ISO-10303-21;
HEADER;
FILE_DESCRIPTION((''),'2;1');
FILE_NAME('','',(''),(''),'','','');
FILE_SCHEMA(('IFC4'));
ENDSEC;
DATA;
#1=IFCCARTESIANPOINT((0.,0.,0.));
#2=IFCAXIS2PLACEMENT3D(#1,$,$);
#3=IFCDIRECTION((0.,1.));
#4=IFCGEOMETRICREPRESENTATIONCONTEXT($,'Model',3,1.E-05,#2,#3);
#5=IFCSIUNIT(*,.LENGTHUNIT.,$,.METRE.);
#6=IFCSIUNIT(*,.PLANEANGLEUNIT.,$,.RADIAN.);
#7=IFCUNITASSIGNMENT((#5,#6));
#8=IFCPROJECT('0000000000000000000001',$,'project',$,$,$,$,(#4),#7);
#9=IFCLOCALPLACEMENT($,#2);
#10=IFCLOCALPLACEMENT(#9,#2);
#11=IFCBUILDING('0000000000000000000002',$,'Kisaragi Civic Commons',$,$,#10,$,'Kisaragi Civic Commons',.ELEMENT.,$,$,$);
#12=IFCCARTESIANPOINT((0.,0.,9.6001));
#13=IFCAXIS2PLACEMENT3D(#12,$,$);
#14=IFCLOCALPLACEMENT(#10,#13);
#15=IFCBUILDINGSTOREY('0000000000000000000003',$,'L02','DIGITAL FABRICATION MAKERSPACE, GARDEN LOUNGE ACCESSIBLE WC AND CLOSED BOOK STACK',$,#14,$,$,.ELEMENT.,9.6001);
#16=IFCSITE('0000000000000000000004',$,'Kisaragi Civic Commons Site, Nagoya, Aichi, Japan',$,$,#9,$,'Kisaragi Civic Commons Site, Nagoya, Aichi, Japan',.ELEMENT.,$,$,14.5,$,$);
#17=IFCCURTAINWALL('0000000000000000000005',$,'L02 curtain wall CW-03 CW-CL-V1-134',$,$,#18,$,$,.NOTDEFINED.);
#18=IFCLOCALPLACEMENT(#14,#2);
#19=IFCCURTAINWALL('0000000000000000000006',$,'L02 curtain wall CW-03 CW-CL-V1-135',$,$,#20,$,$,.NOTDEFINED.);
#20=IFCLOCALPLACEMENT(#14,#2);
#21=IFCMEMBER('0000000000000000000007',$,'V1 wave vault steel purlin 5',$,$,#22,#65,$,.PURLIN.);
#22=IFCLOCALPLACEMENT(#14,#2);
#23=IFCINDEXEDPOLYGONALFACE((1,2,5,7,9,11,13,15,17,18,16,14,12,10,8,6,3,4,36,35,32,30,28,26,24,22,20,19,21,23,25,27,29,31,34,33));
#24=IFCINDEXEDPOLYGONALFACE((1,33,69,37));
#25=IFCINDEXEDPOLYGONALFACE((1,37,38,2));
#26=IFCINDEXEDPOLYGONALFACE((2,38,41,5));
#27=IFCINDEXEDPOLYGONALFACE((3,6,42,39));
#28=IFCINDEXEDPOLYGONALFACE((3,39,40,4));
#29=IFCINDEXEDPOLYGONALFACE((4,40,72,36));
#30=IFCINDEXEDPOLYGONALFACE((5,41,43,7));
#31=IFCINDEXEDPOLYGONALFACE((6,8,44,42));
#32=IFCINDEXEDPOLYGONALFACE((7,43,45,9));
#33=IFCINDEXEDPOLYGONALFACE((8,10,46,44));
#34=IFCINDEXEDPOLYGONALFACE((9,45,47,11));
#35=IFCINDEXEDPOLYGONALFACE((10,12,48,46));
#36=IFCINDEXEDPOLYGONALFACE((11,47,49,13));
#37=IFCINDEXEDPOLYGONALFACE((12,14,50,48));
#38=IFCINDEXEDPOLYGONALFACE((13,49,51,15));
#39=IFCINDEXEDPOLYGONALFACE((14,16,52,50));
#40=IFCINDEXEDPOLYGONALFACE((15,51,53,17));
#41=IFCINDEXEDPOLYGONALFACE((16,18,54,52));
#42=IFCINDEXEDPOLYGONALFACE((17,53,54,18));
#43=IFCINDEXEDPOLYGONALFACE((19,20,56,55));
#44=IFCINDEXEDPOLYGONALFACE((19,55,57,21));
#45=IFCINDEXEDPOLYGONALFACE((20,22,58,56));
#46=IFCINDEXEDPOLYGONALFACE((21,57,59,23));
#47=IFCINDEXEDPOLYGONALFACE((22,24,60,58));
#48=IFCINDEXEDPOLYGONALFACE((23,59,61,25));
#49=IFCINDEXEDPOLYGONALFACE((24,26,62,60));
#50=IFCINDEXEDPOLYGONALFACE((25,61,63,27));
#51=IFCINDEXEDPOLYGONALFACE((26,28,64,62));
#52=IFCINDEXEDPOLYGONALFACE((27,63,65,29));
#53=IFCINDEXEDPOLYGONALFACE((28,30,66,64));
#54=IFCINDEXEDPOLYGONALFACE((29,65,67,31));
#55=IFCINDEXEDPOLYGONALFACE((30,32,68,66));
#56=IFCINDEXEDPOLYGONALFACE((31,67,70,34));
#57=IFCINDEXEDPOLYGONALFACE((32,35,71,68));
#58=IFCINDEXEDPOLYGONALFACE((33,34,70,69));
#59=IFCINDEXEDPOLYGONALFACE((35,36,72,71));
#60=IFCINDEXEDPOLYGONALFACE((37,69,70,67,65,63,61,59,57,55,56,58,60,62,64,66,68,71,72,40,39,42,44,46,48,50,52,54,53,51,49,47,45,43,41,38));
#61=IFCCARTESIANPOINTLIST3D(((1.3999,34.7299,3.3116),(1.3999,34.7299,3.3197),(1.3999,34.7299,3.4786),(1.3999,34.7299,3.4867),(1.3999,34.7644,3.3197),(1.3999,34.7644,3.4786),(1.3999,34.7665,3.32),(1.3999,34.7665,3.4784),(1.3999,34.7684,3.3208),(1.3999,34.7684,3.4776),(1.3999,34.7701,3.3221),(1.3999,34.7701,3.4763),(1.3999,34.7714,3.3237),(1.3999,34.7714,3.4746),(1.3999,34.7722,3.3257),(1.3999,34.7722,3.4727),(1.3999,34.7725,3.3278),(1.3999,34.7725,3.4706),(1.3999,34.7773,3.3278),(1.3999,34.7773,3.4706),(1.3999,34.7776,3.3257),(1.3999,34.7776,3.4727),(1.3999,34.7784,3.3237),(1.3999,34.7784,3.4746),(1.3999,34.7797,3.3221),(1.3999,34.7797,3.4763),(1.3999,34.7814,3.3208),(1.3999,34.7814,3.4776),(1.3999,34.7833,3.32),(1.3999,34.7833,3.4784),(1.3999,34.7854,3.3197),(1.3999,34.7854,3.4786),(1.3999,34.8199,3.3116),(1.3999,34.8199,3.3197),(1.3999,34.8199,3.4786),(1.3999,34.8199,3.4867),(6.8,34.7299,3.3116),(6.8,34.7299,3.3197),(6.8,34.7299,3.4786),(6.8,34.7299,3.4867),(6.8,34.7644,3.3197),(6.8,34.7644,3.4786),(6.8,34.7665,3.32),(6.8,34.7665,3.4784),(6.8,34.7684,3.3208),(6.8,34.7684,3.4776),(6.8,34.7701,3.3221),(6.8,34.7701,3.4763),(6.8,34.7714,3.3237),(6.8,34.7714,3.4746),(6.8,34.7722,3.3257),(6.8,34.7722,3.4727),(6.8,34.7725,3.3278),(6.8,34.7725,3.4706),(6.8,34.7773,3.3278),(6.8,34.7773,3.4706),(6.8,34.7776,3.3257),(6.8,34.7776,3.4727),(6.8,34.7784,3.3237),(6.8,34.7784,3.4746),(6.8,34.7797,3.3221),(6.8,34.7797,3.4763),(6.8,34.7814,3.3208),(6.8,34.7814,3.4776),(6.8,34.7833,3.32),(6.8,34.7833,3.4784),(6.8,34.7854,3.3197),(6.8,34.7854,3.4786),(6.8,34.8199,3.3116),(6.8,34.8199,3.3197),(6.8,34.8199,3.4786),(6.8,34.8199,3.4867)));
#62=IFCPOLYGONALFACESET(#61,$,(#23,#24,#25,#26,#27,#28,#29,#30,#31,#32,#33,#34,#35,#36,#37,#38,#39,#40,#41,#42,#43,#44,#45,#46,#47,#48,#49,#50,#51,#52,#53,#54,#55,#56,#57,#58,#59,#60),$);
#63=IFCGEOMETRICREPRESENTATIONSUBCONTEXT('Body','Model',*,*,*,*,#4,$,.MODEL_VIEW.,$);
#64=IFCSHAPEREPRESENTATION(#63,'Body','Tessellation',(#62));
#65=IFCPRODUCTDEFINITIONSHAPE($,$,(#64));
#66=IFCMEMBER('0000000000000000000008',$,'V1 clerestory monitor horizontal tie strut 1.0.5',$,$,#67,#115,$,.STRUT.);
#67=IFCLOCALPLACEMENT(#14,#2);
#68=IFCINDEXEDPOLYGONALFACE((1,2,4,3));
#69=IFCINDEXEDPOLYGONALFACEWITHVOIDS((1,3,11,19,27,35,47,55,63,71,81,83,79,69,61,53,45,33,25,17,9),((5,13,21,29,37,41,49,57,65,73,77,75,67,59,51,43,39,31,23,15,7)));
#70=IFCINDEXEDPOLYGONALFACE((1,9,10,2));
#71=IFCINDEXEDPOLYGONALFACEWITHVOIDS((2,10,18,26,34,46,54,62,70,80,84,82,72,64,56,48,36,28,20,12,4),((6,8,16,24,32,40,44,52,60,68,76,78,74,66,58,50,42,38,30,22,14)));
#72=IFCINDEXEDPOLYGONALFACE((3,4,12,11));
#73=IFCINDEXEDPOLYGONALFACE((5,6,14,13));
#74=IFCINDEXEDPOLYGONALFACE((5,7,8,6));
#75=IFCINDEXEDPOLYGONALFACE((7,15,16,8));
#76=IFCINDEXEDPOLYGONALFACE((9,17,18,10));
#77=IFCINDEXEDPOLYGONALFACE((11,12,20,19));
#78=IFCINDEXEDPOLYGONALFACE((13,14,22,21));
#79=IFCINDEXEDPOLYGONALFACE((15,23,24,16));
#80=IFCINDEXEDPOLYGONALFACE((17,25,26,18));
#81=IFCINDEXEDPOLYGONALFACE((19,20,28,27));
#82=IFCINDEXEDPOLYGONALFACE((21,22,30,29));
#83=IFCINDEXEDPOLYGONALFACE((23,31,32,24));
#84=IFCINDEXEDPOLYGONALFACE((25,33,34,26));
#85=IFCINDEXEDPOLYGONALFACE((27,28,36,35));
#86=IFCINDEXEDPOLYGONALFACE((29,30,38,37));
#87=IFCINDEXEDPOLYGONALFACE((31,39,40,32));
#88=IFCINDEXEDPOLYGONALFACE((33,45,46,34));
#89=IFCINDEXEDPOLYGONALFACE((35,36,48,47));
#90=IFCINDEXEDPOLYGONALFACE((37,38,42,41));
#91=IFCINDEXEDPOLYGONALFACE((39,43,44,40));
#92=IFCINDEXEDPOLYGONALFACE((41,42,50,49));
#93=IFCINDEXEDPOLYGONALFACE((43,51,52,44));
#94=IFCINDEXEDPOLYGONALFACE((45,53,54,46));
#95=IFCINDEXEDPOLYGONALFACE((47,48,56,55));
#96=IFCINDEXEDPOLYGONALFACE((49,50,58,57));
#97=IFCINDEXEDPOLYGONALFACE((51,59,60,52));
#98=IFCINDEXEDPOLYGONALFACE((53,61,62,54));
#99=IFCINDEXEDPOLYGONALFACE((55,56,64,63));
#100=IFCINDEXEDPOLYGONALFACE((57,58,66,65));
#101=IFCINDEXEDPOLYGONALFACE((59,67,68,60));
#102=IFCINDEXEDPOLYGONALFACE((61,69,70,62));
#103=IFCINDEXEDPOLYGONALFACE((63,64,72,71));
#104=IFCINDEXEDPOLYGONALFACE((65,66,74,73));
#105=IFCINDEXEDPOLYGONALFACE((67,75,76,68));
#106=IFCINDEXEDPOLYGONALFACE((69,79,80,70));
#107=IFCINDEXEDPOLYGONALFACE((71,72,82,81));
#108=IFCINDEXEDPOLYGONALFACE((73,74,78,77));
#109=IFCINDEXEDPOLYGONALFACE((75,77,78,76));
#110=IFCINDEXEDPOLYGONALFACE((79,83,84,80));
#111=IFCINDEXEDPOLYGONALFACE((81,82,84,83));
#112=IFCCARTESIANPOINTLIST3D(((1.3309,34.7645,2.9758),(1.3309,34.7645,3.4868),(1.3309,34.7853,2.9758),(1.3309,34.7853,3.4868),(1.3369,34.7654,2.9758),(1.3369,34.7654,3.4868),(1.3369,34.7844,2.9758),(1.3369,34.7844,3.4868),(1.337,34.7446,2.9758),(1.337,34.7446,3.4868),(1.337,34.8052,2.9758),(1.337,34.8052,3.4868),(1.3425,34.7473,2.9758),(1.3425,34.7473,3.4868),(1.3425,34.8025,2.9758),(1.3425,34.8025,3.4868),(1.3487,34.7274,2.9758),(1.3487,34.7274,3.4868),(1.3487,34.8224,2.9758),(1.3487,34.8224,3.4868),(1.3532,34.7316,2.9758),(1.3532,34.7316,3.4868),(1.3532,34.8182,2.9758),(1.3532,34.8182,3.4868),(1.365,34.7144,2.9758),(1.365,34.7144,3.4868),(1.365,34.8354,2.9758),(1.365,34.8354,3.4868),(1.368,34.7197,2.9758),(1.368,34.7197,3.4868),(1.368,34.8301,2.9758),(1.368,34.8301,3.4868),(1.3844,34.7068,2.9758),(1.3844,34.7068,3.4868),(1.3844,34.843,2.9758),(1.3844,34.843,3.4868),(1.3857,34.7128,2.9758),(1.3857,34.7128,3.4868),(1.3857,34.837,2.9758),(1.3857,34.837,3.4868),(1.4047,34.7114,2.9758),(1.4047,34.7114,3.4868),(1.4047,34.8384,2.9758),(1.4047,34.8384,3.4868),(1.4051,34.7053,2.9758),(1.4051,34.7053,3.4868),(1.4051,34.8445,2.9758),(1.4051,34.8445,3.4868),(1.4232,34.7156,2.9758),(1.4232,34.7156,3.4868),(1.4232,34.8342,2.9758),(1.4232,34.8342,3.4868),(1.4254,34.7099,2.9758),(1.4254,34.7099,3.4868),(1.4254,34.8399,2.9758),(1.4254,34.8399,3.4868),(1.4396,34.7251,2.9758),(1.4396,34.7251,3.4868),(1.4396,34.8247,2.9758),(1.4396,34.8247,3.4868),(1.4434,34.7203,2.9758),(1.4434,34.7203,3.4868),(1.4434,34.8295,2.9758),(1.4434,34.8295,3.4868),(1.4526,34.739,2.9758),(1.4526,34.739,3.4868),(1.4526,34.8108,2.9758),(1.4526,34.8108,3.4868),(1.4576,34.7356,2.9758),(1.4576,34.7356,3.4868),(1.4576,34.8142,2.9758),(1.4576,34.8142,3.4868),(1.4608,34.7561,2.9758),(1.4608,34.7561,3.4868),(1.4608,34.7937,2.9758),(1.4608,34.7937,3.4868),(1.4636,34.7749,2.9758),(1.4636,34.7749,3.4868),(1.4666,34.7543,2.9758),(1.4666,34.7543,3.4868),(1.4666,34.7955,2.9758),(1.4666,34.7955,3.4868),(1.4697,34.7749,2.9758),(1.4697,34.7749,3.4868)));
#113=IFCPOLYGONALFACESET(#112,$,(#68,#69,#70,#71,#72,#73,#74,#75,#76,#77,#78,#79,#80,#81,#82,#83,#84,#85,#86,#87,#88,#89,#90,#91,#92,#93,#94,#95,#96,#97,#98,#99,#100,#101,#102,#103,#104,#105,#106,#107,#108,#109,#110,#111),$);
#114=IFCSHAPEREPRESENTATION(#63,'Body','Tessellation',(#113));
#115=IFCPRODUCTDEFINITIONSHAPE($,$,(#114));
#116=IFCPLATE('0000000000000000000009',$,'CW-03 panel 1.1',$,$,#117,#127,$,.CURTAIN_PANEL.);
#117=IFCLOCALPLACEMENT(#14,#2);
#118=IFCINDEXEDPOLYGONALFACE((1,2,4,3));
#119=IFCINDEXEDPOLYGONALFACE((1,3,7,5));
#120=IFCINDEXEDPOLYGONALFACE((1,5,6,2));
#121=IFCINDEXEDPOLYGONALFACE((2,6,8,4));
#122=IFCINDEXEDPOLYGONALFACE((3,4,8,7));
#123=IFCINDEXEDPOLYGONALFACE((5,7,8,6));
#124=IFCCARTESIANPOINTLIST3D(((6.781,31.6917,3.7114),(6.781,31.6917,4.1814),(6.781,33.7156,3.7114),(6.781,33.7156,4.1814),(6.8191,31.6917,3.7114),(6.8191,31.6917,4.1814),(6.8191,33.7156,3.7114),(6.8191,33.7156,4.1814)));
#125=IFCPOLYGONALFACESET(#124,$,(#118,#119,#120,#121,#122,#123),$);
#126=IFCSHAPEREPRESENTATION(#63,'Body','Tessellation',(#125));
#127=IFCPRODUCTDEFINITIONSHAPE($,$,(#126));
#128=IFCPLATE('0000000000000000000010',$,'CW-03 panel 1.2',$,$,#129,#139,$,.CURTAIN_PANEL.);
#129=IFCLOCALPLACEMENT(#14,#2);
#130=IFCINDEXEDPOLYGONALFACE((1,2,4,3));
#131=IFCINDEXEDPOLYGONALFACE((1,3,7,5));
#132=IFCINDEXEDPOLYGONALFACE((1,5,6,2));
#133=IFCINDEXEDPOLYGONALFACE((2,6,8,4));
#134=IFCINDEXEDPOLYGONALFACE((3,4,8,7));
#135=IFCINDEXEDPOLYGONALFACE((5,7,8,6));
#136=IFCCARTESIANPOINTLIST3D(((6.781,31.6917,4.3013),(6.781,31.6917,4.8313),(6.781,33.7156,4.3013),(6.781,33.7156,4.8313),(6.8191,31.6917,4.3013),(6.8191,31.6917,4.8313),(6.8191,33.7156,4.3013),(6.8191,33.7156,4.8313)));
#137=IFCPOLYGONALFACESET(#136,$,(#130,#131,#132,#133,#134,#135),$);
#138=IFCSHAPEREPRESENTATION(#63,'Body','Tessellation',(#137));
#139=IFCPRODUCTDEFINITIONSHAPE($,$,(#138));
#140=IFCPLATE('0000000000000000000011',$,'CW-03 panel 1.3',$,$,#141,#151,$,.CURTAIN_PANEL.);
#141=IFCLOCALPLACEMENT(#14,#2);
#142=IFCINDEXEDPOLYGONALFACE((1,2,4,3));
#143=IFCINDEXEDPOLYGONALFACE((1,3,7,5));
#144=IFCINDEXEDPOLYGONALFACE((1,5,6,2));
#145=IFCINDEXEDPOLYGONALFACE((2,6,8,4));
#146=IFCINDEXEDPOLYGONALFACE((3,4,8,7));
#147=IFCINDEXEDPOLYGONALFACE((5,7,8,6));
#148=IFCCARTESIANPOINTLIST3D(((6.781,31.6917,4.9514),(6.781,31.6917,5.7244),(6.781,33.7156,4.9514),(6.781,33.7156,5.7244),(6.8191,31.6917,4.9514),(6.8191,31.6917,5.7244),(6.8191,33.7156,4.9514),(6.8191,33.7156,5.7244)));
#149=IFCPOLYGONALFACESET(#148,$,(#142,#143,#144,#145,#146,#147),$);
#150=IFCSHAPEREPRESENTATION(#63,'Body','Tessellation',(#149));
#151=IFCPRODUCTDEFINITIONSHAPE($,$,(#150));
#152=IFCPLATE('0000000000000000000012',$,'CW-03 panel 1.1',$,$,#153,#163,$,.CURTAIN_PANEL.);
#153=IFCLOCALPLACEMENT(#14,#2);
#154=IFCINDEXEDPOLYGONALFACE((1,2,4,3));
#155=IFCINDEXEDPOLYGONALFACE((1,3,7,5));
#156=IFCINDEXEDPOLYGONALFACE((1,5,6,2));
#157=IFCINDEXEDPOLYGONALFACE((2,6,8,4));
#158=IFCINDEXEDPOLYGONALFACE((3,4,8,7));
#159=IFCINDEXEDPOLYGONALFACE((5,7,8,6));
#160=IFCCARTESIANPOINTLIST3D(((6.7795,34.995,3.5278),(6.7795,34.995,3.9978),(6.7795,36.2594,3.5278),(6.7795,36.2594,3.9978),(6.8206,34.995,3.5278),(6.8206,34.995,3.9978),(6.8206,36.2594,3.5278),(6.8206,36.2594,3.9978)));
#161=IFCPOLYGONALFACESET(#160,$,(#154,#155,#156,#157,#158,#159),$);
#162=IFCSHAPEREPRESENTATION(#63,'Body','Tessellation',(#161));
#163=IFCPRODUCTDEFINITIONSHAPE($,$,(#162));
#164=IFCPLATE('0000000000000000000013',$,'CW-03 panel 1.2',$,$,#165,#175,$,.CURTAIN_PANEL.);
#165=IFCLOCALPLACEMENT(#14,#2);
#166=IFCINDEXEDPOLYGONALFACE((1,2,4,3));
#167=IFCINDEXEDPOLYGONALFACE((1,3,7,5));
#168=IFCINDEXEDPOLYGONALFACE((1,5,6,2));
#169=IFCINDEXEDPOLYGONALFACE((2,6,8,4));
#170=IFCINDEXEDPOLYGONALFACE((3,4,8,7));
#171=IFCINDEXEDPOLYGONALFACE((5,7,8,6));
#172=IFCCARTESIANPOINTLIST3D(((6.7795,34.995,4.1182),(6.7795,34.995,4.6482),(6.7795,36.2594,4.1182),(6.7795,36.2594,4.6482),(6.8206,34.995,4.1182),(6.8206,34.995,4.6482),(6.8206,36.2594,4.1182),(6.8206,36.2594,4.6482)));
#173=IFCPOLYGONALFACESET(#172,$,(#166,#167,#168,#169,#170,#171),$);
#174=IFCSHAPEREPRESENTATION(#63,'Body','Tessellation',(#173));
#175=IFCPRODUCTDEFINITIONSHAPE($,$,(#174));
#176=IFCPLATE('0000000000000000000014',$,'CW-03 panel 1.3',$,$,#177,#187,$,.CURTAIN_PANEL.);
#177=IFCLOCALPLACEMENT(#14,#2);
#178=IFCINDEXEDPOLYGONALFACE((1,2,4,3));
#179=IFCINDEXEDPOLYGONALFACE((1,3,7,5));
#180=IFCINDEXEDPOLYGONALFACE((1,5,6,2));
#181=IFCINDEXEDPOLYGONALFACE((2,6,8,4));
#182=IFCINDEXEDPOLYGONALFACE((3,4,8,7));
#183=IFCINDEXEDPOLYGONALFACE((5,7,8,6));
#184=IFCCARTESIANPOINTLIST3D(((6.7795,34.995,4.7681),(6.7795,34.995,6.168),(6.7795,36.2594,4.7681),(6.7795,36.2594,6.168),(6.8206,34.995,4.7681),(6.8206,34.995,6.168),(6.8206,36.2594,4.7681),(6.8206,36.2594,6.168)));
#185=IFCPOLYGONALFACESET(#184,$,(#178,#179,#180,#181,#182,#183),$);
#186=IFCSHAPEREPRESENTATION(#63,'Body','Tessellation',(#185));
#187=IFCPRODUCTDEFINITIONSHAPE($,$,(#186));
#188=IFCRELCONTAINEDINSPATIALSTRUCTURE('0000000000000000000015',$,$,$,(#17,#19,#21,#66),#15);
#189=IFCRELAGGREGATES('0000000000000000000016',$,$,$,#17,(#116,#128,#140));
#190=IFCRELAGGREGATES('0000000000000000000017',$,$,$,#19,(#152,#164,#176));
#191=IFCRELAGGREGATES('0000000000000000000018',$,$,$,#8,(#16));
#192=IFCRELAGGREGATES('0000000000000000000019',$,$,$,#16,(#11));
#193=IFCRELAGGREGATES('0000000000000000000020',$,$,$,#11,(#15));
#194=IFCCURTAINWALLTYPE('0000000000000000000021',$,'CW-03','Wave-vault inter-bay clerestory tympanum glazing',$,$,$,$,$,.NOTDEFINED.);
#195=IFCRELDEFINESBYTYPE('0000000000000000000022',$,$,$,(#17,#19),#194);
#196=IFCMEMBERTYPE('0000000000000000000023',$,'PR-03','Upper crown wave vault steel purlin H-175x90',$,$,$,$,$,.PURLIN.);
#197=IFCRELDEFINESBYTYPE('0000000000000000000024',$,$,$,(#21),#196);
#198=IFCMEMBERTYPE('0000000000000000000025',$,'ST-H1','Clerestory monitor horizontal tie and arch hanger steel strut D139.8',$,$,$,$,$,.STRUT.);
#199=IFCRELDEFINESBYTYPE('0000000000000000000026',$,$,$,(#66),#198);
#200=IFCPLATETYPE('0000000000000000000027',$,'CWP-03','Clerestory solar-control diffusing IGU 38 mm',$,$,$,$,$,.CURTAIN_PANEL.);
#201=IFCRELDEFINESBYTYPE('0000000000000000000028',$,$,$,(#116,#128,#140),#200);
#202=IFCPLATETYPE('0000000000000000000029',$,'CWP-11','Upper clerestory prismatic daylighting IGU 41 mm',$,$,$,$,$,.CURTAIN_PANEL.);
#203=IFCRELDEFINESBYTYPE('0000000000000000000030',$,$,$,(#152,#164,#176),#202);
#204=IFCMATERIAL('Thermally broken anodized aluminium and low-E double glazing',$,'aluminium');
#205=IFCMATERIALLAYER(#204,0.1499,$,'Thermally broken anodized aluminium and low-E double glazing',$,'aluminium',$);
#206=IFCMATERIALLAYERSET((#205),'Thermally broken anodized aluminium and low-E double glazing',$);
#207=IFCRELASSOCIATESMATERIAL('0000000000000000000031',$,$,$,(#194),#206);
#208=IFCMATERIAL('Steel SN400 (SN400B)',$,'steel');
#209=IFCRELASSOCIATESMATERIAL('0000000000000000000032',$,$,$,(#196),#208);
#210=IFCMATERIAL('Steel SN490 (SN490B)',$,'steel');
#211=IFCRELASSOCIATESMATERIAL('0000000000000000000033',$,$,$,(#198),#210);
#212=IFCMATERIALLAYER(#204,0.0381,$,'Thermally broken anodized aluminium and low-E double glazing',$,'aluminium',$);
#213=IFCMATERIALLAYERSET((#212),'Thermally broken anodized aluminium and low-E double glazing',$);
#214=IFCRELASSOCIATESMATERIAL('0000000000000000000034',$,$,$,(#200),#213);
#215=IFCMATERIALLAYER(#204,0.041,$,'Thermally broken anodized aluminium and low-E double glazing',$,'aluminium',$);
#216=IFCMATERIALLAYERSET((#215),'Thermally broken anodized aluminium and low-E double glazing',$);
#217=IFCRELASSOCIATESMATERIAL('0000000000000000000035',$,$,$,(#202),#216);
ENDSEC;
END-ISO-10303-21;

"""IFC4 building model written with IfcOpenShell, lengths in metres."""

from ifc_helpers import new_model, si_unit, direction, frame, origin, origin_2d, place, context, subcontext, project, spatial, rectangle, hollow_circle, i_section, extrude, material, layer, layer_set, material_profile, profile_set, type_object, element, aggregate, save


model = new_model("IFC4")

# Units and contexts
model_context = context("Model", 3, precision=1e-05, world=origin(), true_north=direction((0.0, 1.0)))
body_context = subcontext(model_context, "Body", "Model", "MODEL_VIEW")
ifc_project = project(units=[si_unit("LENGTHUNIT", "METRE"), si_unit("PLANEANGLEUNIT", "RADIAN")], contexts=[model_context])

# Site, building, storey
site_placement = place(None, origin())
site = spatial("IfcSite", under=ifc_project, at=site_placement, Name="Kisaragi Civic Commons Site, Nagoya, Aichi, Japan", LongName="Kisaragi Civic Commons Site, Nagoya, Aichi, Japan", CompositionType="ELEMENT", RefElevation=14.5)
building_placement = place(site_placement, origin())
building = spatial("IfcBuilding", under=site, at=building_placement, Name="Kisaragi Civic Commons", LongName="Kisaragi Civic Commons", CompositionType="ELEMENT")
storey_placement = place(building_placement, frame((0.0, 0.0, 9.6001)))
storey = spatial("IfcBuildingStorey", under=building, at=storey_placement, Name="L02", Description="DIGITAL FABRICATION MAKERSPACE, GARDEN LOUNGE ACCESSIBLE WC AND CLOSED BOOK STACK", CompositionType="ELEMENT", Elevation=9.6001)

# Shared definitions
ifc_material_1 = material(Name="Steel SN400 (SN400B)", Category="steel")

# Curtain wall
ifc_material_2 = material(Name="Thermally broken anodized aluminium and low-E double glazing", Category="aluminium")
ifc_layer_1 = layer(ifc_material_2, 0.1499, Name="Thermally broken anodized aluminium and low-E double glazing", Category="aluminium")
ifc_layer_set_1 = layer_set([ifc_layer_1], Name="Thermally broken anodized aluminium and low-E double glazing")
curtain_wall_type = type_object("IfcCurtainWallType", Name="CW-03", Description="Wave-vault inter-bay clerestory tympanum glazing", PredefinedType="NOTDEFINED", material=ifc_layer_set_1)
curtain_wall_1_placement = place(storey_placement, origin())
curtain_wall_1 = element("IfcCurtainWall", 1, at=curtain_wall_1_placement, inside=storey, type_object=curtain_wall_type, Name="L02 curtain wall CW-03 CW-CL-V1-134", PredefinedType="NOTDEFINED")

# Curtain wall
curtain_wall_2_placement = place(storey_placement, origin())
curtain_wall_2 = element("IfcCurtainWall", 2, at=curtain_wall_2_placement, inside=storey, type_object=curtain_wall_type, Name="L02 curtain wall CW-03 CW-CL-V1-135", PredefinedType="NOTDEFINED")

# Members
ifc_material_3 = material(Name="Steel SN490 (SN490B)", Category="steel")
ifc_material_profile_1 = material_profile(ifc_material_1, i_section(OverallWidth=0.0901, OverallDepth=0.175, WebThickness=0.0049, FlangeThickness=0.0081, FilletRadius=0.0081, at=origin_2d()), Name="H-175x90x5x8", Category="steel")
ifc_profile_set_1 = profile_set([ifc_material_profile_1], Name="Steel SN400 (SN400B)")
member_type_1 = type_object("IfcMemberType", Name="PR-03", Description="Upper crown wave vault steel purlin H-175x90", PredefinedType="PURLIN", material=ifc_profile_set_1)
member_1_placement = place(storey_placement, frame((1.3999, 34.7749, 3.3992), z_axis=(1.0, 0.0, 0.0), x_axis=(0.0, 1.0, 0.0)))
element("IfcMember", 3, at=member_1_placement, inside=storey, type_object=member_type_1, Name="V1 wave vault steel purlin 5", PredefinedType="PURLIN", context=body_context, shape_type="SweptSolid", body=[
    extrude(i_section(OverallWidth=0.0901, OverallDepth=0.175, WebThickness=0.0049, FlangeThickness=0.0081, FilletRadius=0.0081, at=origin_2d()), origin(), (0.0, 0.0, 1.0), 5.4001),
])
ifc_material_profile_2 = material_profile(ifc_material_3, hollow_circle(Radius=0.0698, WallThickness=0.0061, at=origin_2d()), Name="CHS-139.8x6.0", Category="steel")
ifc_profile_set_2 = profile_set([ifc_material_profile_2], Name="Steel SN490 (SN490B)")
member_type_2 = type_object("IfcMemberType", Name="ST-H1", Description="Clerestory monitor horizontal tie and arch hanger steel strut D139.8", PredefinedType="STRUT", material=ifc_profile_set_2)
member_2_placement = place(storey_placement, frame((1.3999, 34.7749, 2.9758), z_axis=(0.0, 0.0, 1.0), x_axis=(1.0, 0.0, 0.0)))
element("IfcMember", 4, at=member_2_placement, inside=storey, type_object=member_type_2, Name="V1 clerestory monitor horizontal tie strut 1.0.5", PredefinedType="STRUT", context=body_context, shape_type="SweptSolid", body=[
    extrude(hollow_circle(Radius=0.0698, WallThickness=0.0061, at=origin_2d()), origin(), (0.0, 0.0, 1.0), 0.511),
])

# Plates
ifc_layer_2 = layer(ifc_material_2, 0.0381, Name="Thermally broken anodized aluminium and low-E double glazing", Category="aluminium")
ifc_layer_set_2 = layer_set([ifc_layer_2], Name="Thermally broken anodized aluminium and low-E double glazing")
plate_type_1 = type_object("IfcPlateType", Name="CWP-03", Description="Clerestory solar-control diffusing IGU 38 mm", PredefinedType="CURTAIN_PANEL", material=ifc_layer_set_2)
plate_1_placement = place(storey_placement, frame((6.8, 32.7036, 3.7114), z_axis=(0.0, 0.0, 1.0), x_axis=(0.0, 1.0, 0.0)))
plate_1 = element("IfcPlate", 5, at=plate_1_placement, type_object=plate_type_1, Name="CW-03 panel 1.1", PredefinedType="CURTAIN_PANEL", context=body_context, shape_type="SweptSolid", body=[
    extrude(rectangle(XDim=2.0239, YDim=0.0381, at=origin_2d()), origin(), (0.0, 0.0, 1.0), 0.47),
])
plate_2_placement = place(storey_placement, frame((6.8, 32.7036, 4.3013), z_axis=(0.0, 0.0, 1.0), x_axis=(0.0, 1.0, 0.0)))
plate_2 = element("IfcPlate", 6, at=plate_2_placement, type_object=plate_type_1, Name="CW-03 panel 1.2", PredefinedType="CURTAIN_PANEL", context=body_context, shape_type="SweptSolid", body=[
    extrude(rectangle(XDim=2.0239, YDim=0.0381, at=origin_2d()), origin(), (0.0, 0.0, 1.0), 0.53),
])
plate_3_placement = place(storey_placement, frame((6.8, 32.7036, 4.9514), z_axis=(0.0, 0.0, 1.0), x_axis=(0.0, 1.0, 0.0)))
plate_3 = element("IfcPlate", 7, at=plate_3_placement, type_object=plate_type_1, Name="CW-03 panel 1.3", PredefinedType="CURTAIN_PANEL", context=body_context, shape_type="SweptSolid", body=[
    extrude(rectangle(XDim=2.0239, YDim=0.0381, at=origin_2d()), origin(), (0.0, 0.0, 1.0), 0.7729),
])
aggregate(curtain_wall_1, [plate_1, plate_2, plate_3])
ifc_layer_3 = layer(ifc_material_2, 0.041, Name="Thermally broken anodized aluminium and low-E double glazing", Category="aluminium")
ifc_layer_set_3 = layer_set([ifc_layer_3], Name="Thermally broken anodized aluminium and low-E double glazing")
plate_type_2 = type_object("IfcPlateType", Name="CWP-11", Description="Upper clerestory prismatic daylighting IGU 41 mm", PredefinedType="CURTAIN_PANEL", material=ifc_layer_set_3)
plate_4_placement = place(storey_placement, frame((6.8, 35.6272, 3.5278), z_axis=(0.0, 0.0, 1.0), x_axis=(0.0, 1.0, 0.0)))
plate_4 = element("IfcPlate", 8, at=plate_4_placement, type_object=plate_type_2, Name="CW-03 panel 1.1", PredefinedType="CURTAIN_PANEL", context=body_context, shape_type="SweptSolid", body=[
    extrude(rectangle(XDim=1.2644, YDim=0.041, at=origin_2d()), origin(), (0.0, 0.0, 1.0), 0.47),
])
plate_5_placement = place(storey_placement, frame((6.8, 35.6272, 4.1182), z_axis=(0.0, 0.0, 1.0), x_axis=(0.0, 1.0, 0.0)))
plate_5 = element("IfcPlate", 9, at=plate_5_placement, type_object=plate_type_2, Name="CW-03 panel 1.2", PredefinedType="CURTAIN_PANEL", context=body_context, shape_type="SweptSolid", body=[
    extrude(rectangle(XDim=1.2644, YDim=0.041, at=origin_2d()), origin(), (0.0, 0.0, 1.0), 0.53),
])
plate_6_placement = place(storey_placement, frame((6.8, 35.6272, 4.7681), z_axis=(0.0, 0.0, 1.0), x_axis=(0.0, 1.0, 0.0)))
plate_6 = element("IfcPlate", 10, at=plate_6_placement, type_object=plate_type_2, Name="CW-03 panel 1.3", PredefinedType="CURTAIN_PANEL", context=body_context, shape_type="SweptSolid", body=[
    extrude(rectangle(XDim=1.2644, YDim=0.041, at=origin_2d()), origin(), (0.0, 0.0, 1.0), 1.3999),
])
aggregate(curtain_wall_2, [plate_4, plate_5, plate_6])

save(model, "model.ifc")
